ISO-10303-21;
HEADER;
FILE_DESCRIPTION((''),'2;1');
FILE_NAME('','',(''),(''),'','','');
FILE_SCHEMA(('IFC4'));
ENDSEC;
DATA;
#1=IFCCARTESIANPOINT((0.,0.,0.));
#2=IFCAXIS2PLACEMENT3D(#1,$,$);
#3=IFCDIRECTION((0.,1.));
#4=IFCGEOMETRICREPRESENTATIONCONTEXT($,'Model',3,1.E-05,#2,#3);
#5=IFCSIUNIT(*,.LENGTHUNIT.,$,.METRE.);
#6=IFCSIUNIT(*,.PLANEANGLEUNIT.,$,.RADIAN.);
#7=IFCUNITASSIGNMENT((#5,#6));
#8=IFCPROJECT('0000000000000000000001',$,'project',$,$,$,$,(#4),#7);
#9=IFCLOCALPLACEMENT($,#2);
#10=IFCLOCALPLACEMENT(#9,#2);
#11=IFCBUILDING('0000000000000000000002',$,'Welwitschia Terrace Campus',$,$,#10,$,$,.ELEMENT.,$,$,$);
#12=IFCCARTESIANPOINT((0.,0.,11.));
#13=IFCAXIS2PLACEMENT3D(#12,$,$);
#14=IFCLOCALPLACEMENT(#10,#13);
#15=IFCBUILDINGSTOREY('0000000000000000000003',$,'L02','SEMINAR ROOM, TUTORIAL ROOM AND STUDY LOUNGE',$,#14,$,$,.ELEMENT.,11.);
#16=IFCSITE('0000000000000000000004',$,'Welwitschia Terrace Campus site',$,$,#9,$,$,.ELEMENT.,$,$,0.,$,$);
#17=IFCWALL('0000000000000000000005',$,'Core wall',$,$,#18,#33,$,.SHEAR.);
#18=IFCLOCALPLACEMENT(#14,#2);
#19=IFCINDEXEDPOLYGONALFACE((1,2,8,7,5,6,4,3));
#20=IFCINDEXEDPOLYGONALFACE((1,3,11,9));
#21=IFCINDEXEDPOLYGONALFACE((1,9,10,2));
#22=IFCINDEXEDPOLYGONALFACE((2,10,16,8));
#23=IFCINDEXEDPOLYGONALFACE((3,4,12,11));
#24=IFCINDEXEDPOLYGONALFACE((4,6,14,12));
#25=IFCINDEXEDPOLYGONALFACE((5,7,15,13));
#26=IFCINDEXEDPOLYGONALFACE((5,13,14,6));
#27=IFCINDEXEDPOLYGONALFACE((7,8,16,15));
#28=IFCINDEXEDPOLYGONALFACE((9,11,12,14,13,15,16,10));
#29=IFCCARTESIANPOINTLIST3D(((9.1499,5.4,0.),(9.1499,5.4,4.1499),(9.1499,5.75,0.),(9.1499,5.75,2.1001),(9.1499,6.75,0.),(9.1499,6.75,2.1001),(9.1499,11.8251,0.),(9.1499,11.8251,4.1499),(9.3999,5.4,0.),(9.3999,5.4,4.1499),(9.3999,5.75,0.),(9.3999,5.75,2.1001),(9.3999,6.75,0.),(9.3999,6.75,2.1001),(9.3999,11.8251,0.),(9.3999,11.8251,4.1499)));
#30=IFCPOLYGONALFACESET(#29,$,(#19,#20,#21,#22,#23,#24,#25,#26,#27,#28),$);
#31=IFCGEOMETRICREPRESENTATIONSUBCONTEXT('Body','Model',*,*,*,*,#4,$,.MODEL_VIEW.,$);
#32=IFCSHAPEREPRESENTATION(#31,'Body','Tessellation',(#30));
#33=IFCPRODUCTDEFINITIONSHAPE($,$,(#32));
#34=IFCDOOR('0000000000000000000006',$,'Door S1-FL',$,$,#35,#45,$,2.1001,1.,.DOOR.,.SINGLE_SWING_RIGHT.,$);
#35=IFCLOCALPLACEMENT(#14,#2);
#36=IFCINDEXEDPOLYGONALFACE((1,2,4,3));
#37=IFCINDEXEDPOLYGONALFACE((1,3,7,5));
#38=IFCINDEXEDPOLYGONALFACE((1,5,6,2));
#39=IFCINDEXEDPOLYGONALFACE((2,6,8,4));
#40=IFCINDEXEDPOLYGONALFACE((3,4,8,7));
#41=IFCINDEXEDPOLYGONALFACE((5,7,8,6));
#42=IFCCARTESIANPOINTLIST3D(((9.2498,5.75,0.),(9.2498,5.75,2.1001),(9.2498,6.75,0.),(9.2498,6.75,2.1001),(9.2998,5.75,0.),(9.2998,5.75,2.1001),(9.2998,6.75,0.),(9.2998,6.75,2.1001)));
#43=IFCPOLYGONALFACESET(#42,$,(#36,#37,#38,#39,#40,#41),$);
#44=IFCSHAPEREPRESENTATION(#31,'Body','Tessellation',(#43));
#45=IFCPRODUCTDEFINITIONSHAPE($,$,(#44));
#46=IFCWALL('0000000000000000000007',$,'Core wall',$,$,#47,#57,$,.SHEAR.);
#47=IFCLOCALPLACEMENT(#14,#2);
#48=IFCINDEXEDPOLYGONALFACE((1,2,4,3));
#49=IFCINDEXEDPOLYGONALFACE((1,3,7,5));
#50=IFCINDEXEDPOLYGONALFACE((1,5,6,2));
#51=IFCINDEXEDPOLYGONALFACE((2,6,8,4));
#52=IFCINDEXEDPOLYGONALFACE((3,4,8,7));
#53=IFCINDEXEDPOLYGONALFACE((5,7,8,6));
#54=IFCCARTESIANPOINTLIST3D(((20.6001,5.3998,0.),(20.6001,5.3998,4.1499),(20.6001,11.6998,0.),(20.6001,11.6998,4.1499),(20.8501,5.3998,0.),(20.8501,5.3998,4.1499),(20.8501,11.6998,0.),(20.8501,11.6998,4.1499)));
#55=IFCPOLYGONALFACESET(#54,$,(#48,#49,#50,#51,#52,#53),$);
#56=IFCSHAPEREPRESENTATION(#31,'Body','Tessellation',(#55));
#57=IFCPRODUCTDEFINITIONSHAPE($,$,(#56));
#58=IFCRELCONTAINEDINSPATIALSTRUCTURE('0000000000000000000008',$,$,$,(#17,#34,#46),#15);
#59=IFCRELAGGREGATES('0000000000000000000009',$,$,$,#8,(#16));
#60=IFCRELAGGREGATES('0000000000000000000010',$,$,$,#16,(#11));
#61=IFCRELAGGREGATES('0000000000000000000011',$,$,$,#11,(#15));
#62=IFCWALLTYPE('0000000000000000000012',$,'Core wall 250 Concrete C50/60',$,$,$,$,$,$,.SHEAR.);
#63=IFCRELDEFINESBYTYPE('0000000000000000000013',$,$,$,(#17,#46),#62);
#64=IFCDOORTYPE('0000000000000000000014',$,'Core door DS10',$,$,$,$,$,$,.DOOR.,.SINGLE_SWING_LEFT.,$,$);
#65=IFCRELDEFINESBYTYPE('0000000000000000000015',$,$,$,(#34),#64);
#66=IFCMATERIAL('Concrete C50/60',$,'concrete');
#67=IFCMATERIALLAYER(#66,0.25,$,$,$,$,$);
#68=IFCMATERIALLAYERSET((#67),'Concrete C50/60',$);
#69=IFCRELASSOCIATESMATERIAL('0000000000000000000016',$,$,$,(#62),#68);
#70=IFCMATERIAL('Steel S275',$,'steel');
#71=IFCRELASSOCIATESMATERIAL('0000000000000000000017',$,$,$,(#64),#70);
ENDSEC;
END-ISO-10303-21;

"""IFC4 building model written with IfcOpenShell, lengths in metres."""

from ifc_helpers import new_model, si_unit, direction, frame, frame_2d, origin, place, context, subcontext, project, spatial, rectangle, extrude, material, layer, layer_set, type_object, element, fill, save


model = new_model("IFC4")

# Units and contexts
model_context = context("Model", 3, precision=1e-05, world=origin(), true_north=direction((0.0, 1.0)))
body_context = subcontext(model_context, "Body", "Model", "MODEL_VIEW")
ifc_project = project(units=[si_unit("LENGTHUNIT", "METRE"), si_unit("PLANEANGLEUNIT", "RADIAN")], contexts=[model_context])

# Site, building, storey
site_placement = place(None, origin())
site = spatial("IfcSite", under=ifc_project, at=site_placement, Name="Welwitschia Terrace Campus site", CompositionType="ELEMENT", RefElevation=0.0)
building_placement = place(site_placement, origin())
building = spatial("IfcBuilding", under=site, at=building_placement, Name="Welwitschia Terrace Campus", CompositionType="ELEMENT")
storey_placement = place(building_placement, frame((0.0, 0.0, 11.0)))
storey = spatial("IfcBuildingStorey", under=building, at=storey_placement, Name="L02", Description="SEMINAR ROOM, TUTORIAL ROOM AND STUDY LOUNGE", CompositionType="ELEMENT", Elevation=11.0)

# Shared definitions
ifc_material_1 = material(Name="Concrete C50/60", Category="concrete")
ifc_layer_1 = layer(ifc_material_1, 0.25)
ifc_layer_set_1 = layer_set([ifc_layer_1], Name="Concrete C50/60")
wall_type_1 = type_object("IfcWallType", Name="Core wall 250 Concrete C50/60", PredefinedType="SHEAR", material=ifc_layer_set_1)

# Wall, opening, door
wall_1_placement = place(storey_placement, frame((9.2749, 11.825, 0.0), z_axis=(0.0, 0.0, 1.0), x_axis=(0.0, -1.0, 0.0)))
wall_1 = element("IfcWall", 1, at=wall_1_placement, inside=storey, type_object=wall_type_1, Name="Core wall", PredefinedType="SHEAR", context=body_context, shape_type="SweptSolid", body=[
    extrude(rectangle(XDim=6.425, YDim=0.25, at=frame_2d((3.2124, 0.0))), origin(), (0.0, 0.0, 1.0), 4.1499),
])
opening_1_placement = place(wall_1_placement, frame((5.075, 0.0, 0.0)))
opening_1 = element("IfcOpeningElement", 2, at=opening_1_placement, cuts=wall_1, PredefinedType="OPENING", context=body_context, shape_type="SweptSolid", body=[
    extrude(rectangle(XDim=1.0, YDim=2.1001, at=frame_2d((0.5, 1.05))), frame((0.0, 0.135, 0.0), z_axis=(0.0, -1.0, 0.0), x_axis=(1.0, 0.0, 0.0)), (0.0, 0.0, 1.0), 0.27),
])
ifc_material_2 = material(Name="Steel S275", Category="steel")
door_type_1 = type_object("IfcDoorType", Name="Core door DS10", OperationType="SINGLE_SWING_LEFT", PredefinedType="DOOR", material=ifc_material_2)
door_1_placement = place(opening_1_placement, origin())
door_1 = element("IfcDoor", 3, at=door_1_placement, inside=storey, type_object=door_type_1, Name="Door S1-FL", OperationType="SINGLE_SWING_RIGHT", OverallHeight=2.1001, OverallWidth=1.0, PredefinedType="DOOR", context=body_context, shape_type="SweptSolid", body=[
    extrude(rectangle(XDim=1.0, YDim=2.1001, at=frame_2d((0.5, 1.05))), frame((0.0, 0.0249, 0.0), z_axis=(0.0, -1.0, 0.0), x_axis=(1.0, 0.0, 0.0)), (0.0, 0.0, 1.0), 0.05),
])
fill(opening_1, door_1)

# Wall
wall_2_placement = place(storey_placement, frame((20.7251, 5.3999, 0.0), z_axis=(0.0, 0.0, 1.0), x_axis=(0.0, 1.0, 0.0)))
element("IfcWall", 4, at=wall_2_placement, inside=storey, type_object=wall_type_1, Name="Core wall", PredefinedType="SHEAR", context=body_context, shape_type="SweptSolid", body=[
    extrude(rectangle(XDim=6.3, YDim=0.25, at=frame_2d((3.1499, 0.0))), origin(), (0.0, 0.0, 1.0), 4.1499),
])

save(model, "model.ifc")
